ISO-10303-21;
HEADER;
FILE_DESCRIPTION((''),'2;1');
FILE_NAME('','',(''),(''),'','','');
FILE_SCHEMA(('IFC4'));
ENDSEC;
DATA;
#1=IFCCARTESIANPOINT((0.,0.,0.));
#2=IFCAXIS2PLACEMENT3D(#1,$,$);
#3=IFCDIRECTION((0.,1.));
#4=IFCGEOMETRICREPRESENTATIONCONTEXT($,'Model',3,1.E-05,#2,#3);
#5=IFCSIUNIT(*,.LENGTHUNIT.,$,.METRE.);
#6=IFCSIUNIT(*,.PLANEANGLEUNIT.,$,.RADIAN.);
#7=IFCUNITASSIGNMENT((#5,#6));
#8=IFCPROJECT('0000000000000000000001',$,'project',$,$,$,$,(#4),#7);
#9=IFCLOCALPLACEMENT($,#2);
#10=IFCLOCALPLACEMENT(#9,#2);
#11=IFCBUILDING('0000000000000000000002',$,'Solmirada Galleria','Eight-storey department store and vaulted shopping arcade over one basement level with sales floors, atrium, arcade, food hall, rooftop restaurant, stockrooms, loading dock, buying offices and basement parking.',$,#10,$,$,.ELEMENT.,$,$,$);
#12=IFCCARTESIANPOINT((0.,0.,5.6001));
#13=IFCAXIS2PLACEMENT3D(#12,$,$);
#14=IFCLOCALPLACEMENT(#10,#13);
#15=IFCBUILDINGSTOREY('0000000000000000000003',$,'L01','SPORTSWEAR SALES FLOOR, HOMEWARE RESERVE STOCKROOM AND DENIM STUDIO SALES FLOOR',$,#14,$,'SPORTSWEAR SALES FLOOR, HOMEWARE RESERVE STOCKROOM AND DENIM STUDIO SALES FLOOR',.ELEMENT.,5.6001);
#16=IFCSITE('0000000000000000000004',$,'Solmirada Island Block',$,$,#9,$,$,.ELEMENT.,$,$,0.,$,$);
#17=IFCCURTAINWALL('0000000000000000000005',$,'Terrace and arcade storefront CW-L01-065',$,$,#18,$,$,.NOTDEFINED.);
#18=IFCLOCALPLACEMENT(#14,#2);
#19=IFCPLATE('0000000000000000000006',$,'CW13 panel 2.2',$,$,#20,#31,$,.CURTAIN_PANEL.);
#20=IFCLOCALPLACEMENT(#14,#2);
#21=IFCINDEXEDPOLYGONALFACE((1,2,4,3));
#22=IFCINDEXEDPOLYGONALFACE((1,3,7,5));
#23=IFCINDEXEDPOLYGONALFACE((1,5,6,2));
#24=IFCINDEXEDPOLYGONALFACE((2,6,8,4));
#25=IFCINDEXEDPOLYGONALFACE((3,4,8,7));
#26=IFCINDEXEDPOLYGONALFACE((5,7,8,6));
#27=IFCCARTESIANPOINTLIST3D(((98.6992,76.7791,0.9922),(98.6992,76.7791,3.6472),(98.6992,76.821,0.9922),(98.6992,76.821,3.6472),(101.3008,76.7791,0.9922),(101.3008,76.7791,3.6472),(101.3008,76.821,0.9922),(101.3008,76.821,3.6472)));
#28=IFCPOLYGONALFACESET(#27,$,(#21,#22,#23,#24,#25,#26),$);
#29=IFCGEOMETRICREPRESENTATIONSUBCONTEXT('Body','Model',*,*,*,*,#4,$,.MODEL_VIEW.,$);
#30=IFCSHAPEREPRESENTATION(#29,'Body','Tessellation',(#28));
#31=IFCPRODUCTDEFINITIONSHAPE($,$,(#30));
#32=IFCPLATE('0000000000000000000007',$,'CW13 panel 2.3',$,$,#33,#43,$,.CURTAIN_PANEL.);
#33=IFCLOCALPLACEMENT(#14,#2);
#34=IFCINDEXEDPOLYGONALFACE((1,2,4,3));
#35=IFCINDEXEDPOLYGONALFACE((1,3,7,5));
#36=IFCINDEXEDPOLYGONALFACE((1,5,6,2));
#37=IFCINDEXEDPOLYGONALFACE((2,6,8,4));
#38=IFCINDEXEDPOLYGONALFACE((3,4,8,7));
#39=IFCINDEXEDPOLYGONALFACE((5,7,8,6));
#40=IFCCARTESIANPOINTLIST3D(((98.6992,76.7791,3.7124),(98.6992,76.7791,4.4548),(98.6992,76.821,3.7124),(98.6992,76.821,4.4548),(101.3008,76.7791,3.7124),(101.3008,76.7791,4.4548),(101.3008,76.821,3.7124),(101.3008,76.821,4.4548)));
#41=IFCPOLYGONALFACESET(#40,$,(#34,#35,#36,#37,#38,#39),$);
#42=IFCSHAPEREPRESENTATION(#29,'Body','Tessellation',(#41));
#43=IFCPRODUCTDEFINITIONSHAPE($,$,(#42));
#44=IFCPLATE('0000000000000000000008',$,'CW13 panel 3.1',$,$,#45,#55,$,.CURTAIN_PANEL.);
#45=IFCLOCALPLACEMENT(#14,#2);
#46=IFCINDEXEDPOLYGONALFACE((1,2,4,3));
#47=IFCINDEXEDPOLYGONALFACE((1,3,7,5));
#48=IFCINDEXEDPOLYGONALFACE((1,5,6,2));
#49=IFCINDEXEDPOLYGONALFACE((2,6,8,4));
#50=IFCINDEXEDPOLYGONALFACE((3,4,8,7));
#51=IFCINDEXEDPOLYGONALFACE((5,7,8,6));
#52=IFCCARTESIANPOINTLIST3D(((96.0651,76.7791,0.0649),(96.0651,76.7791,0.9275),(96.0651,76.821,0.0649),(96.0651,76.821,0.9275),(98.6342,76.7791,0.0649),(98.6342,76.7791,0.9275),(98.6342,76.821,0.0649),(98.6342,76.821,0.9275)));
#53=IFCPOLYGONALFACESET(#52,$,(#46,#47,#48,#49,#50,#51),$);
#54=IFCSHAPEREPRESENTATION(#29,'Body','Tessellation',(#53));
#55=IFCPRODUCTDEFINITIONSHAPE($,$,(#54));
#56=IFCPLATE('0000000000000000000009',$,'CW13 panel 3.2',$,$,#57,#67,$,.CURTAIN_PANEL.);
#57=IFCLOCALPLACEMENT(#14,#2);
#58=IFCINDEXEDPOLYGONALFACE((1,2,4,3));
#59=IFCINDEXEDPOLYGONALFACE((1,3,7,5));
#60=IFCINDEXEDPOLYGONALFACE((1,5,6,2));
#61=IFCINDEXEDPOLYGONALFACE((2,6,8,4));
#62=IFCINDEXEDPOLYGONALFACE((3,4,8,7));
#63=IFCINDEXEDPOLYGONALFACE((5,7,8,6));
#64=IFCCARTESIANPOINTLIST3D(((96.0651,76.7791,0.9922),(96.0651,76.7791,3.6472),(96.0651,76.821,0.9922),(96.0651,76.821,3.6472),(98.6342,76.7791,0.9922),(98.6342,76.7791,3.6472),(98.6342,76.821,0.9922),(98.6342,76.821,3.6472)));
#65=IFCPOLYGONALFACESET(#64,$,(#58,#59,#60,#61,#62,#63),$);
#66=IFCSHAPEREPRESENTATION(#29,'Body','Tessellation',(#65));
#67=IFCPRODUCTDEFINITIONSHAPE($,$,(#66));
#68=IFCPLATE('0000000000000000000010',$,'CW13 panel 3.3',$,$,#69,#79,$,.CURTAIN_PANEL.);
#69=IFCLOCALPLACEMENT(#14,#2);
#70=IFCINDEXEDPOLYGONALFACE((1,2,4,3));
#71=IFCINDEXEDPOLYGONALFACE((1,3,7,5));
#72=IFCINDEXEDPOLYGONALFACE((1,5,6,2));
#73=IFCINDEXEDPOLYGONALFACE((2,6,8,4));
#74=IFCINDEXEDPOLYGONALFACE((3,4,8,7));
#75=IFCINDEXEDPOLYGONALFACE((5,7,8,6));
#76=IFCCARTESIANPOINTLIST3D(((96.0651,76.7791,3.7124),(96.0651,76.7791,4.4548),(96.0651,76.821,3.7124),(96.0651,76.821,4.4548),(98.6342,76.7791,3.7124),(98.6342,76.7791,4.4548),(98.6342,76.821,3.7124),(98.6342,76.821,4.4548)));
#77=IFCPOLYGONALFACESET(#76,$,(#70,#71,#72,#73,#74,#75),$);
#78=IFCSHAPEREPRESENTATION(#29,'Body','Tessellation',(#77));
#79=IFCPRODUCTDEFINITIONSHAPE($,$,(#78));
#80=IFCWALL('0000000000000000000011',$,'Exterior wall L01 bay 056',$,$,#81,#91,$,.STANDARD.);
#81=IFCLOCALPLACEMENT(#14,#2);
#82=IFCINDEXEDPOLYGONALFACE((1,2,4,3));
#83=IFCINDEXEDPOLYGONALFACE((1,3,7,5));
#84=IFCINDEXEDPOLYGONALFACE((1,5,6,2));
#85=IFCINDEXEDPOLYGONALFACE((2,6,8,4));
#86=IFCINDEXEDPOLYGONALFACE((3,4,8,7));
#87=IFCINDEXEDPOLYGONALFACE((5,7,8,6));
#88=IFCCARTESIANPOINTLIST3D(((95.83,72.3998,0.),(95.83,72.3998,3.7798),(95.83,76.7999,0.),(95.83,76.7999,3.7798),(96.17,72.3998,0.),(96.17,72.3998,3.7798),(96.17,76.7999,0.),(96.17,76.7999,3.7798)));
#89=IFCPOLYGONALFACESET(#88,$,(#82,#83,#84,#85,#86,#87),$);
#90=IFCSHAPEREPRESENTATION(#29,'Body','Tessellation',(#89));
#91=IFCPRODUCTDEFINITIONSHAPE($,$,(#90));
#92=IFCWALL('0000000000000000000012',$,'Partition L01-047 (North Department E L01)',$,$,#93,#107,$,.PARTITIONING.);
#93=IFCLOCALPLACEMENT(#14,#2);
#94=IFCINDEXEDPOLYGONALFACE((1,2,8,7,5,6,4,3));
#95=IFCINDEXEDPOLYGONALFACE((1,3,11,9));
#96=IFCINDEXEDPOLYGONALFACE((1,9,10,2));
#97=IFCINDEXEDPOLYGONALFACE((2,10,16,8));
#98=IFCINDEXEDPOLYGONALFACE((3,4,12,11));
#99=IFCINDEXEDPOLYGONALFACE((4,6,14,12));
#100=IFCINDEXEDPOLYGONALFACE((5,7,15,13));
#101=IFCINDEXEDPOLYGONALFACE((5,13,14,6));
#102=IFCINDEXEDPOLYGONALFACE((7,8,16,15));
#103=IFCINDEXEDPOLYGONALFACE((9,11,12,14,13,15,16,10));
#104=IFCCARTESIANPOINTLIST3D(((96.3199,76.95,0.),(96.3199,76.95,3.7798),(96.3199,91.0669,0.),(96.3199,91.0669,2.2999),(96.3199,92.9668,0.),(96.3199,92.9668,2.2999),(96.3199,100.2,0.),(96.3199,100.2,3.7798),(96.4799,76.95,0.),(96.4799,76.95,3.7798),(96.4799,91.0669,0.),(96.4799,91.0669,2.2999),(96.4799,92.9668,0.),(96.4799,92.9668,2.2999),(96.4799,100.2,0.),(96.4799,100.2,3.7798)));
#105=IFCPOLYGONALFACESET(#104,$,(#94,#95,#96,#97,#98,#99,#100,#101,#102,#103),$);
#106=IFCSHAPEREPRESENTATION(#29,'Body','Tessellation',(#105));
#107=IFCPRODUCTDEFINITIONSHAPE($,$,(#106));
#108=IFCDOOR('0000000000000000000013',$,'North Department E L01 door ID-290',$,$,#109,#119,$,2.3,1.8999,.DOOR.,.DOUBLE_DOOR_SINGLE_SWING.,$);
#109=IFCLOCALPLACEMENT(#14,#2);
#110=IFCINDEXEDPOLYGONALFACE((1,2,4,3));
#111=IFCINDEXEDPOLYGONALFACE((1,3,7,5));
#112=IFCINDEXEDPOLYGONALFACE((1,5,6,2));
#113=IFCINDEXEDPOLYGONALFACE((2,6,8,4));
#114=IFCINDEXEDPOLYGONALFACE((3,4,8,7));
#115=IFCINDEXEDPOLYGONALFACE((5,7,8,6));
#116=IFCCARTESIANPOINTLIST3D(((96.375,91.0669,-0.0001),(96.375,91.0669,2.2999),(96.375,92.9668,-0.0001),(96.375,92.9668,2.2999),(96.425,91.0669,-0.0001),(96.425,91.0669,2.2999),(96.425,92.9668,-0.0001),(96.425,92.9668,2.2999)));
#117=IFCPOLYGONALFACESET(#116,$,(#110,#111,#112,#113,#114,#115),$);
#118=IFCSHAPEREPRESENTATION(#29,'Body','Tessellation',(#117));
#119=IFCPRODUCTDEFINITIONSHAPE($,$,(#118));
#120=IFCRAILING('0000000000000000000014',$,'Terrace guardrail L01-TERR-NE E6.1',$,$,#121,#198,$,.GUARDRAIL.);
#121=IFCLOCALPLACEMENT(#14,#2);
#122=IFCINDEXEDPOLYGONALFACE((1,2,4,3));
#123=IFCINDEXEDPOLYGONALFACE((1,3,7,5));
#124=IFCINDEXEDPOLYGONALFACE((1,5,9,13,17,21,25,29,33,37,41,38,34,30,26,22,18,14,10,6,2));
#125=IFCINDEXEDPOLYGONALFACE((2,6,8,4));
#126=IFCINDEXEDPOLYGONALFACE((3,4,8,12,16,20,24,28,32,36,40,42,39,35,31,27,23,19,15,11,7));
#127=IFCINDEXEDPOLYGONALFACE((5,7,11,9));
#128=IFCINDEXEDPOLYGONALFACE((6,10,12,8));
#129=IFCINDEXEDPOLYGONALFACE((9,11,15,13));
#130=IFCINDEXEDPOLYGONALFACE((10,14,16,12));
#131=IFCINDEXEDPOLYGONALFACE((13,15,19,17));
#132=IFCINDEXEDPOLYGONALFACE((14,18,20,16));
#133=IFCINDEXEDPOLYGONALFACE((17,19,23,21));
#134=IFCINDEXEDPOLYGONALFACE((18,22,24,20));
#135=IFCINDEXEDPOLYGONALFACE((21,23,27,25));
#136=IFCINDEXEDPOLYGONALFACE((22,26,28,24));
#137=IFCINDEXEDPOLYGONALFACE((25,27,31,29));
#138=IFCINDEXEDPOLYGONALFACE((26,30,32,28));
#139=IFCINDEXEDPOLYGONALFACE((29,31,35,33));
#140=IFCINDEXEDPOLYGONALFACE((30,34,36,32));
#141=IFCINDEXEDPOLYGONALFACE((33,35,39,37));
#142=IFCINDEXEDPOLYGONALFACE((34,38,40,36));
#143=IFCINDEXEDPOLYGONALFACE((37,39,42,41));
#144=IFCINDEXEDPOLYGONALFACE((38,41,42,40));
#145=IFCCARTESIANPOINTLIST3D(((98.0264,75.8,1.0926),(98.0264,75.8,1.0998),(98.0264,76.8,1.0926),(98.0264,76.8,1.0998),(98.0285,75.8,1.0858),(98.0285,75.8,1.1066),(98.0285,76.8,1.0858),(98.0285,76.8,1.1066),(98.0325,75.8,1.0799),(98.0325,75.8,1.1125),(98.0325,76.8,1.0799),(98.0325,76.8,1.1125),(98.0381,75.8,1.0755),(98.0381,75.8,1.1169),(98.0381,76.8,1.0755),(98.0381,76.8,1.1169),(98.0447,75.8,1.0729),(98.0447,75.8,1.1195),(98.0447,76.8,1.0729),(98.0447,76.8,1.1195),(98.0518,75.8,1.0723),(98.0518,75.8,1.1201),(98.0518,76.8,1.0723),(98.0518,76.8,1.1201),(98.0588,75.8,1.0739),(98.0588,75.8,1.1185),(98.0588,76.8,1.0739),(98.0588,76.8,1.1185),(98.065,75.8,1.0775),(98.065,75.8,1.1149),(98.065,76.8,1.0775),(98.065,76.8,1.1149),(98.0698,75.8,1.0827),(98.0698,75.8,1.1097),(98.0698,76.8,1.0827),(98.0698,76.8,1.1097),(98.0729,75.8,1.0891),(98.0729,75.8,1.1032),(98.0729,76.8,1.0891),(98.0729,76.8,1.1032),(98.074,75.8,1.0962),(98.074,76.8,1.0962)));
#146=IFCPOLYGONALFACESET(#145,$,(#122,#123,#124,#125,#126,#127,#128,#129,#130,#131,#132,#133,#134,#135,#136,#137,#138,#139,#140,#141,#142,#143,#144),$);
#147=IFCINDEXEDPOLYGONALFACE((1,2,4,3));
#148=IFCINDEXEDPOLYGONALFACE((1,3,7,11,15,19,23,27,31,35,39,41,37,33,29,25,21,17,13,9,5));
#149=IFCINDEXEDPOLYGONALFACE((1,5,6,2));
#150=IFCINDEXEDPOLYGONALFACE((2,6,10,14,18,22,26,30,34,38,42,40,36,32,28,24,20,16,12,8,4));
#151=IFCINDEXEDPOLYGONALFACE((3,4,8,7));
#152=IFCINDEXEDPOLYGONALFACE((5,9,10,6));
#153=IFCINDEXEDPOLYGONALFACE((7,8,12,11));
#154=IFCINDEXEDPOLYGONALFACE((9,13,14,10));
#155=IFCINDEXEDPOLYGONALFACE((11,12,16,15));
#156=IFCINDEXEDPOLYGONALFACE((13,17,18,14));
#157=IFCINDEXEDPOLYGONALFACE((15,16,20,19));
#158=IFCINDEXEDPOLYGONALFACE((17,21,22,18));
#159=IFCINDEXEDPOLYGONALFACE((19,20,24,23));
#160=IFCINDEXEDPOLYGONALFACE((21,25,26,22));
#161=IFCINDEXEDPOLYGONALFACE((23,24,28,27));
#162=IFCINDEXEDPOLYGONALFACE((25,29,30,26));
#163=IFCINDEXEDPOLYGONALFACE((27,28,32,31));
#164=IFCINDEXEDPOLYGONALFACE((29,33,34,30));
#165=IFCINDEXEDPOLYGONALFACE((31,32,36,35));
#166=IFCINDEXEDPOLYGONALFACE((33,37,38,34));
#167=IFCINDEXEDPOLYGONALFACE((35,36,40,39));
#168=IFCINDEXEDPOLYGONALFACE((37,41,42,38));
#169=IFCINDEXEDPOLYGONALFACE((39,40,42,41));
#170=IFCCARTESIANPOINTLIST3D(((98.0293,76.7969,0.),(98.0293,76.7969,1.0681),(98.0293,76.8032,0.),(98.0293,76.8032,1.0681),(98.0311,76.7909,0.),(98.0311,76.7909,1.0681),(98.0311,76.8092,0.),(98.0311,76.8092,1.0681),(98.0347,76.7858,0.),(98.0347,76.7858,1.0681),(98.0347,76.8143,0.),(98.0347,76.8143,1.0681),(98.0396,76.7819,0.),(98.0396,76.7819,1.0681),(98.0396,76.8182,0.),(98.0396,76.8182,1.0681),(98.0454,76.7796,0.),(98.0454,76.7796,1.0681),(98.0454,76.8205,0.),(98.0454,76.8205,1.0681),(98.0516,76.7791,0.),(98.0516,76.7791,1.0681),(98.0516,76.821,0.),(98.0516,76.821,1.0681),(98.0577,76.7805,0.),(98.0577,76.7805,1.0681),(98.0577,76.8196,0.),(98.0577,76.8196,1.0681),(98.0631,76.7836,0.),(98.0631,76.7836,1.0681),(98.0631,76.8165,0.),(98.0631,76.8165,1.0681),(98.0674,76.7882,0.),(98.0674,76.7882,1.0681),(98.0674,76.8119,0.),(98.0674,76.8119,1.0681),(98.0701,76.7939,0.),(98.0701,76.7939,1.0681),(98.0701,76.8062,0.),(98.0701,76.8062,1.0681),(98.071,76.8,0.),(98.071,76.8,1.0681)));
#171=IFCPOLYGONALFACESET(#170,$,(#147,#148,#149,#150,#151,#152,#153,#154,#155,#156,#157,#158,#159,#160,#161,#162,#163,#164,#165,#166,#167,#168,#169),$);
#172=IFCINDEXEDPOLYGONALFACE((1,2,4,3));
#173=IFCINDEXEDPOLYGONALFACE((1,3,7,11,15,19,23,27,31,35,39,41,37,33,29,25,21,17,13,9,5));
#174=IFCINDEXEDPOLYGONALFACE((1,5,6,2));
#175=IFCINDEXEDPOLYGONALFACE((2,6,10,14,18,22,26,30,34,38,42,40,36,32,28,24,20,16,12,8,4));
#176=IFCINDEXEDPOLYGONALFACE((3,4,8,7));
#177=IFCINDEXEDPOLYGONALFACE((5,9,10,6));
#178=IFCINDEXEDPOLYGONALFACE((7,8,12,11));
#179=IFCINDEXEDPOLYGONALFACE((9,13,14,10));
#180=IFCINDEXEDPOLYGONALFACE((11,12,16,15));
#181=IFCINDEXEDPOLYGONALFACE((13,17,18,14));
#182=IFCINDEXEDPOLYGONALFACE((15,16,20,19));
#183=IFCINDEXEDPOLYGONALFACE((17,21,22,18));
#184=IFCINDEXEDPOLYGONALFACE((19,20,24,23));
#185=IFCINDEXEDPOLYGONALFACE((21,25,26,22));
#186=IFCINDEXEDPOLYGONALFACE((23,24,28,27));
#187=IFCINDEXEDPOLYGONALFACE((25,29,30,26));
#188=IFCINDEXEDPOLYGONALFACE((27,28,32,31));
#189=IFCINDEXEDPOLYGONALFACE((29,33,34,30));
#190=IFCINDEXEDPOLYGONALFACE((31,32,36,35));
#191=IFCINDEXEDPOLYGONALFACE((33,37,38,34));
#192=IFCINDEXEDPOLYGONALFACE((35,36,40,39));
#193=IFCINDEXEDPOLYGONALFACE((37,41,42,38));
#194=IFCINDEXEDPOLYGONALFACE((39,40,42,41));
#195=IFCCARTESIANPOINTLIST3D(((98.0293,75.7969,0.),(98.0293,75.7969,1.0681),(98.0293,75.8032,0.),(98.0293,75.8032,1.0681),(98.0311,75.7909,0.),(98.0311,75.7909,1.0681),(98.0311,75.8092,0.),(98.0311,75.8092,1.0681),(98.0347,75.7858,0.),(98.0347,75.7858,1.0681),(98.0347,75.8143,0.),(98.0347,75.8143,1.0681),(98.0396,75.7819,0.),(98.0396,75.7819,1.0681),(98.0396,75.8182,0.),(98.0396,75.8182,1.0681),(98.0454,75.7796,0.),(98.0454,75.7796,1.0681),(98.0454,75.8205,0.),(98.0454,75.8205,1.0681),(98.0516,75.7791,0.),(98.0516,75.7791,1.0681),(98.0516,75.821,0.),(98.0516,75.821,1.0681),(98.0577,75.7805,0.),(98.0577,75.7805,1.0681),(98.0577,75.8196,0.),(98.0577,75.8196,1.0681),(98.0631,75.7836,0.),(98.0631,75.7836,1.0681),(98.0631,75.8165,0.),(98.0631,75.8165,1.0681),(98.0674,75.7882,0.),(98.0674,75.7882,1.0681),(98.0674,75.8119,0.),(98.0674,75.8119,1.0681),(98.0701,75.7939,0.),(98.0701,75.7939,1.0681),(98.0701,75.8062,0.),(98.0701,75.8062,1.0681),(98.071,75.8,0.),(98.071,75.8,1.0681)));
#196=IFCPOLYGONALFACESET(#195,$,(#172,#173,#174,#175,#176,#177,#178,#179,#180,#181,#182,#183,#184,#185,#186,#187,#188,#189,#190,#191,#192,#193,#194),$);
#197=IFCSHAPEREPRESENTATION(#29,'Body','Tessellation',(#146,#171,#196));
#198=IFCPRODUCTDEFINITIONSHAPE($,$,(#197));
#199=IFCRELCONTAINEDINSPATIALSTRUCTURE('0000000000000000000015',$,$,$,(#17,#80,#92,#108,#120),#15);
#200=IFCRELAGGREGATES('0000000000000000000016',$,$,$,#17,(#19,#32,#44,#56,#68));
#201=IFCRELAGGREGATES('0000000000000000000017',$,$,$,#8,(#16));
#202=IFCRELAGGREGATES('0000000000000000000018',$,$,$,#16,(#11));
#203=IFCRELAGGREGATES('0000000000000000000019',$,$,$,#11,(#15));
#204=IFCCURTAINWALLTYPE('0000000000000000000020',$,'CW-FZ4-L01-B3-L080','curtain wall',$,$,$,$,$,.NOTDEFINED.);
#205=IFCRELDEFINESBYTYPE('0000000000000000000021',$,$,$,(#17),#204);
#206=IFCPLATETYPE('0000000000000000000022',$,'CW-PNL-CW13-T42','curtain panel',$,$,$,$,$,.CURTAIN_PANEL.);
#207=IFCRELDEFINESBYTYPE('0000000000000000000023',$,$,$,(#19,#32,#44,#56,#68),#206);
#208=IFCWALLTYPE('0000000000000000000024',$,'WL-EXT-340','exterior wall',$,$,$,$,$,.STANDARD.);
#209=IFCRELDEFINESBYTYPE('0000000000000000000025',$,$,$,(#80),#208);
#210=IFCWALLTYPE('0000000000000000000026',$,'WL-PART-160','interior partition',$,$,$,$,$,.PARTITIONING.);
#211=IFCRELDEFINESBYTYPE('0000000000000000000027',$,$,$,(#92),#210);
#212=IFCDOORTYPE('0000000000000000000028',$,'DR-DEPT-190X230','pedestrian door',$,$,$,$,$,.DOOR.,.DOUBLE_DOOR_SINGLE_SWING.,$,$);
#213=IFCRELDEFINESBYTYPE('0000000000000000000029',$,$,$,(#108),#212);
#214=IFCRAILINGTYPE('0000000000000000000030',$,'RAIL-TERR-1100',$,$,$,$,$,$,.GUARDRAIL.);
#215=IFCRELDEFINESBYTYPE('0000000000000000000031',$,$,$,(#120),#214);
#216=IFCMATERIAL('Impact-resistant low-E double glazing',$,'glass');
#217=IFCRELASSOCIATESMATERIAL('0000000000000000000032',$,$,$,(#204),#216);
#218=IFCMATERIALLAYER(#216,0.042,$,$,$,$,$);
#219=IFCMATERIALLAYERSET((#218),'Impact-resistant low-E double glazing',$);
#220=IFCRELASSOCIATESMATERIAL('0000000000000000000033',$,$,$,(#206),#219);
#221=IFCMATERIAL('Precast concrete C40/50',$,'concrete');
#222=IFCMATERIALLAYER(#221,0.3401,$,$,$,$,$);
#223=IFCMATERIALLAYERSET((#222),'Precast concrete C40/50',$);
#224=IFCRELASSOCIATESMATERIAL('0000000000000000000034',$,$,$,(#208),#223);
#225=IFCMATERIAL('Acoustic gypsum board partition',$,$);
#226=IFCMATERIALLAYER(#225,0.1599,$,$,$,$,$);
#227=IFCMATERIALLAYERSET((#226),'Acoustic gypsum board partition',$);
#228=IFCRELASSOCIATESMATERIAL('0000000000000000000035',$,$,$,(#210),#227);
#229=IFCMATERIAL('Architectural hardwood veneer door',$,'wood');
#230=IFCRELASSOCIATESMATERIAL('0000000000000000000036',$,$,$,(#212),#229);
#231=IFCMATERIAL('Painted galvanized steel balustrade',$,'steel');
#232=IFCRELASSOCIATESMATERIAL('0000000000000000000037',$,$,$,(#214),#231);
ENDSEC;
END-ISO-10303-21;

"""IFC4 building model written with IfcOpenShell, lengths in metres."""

from ifc_helpers import new_model, si_unit, direction, frame, frame_2d, origin, origin_2d, place, context, subcontext, project, spatial, rectangle, circle, extrude, material, layer, layer_set, type_object, element, fill, aggregate, save


model = new_model("IFC4")

# Units and contexts
model_context = context("Model", 3, precision=1e-05, world=origin(), true_north=direction((0.0, 1.0)))
body_context = subcontext(model_context, "Body", "Model", "MODEL_VIEW")
ifc_project = project(units=[si_unit("LENGTHUNIT", "METRE"), si_unit("PLANEANGLEUNIT", "RADIAN")], contexts=[model_context])

# Site, building, storey
site_placement = place(None, origin())
site = spatial("IfcSite", under=ifc_project, at=site_placement, Name="Solmirada Island Block", CompositionType="ELEMENT", RefElevation=0.0)
building_placement = place(site_placement, origin())
building = spatial("IfcBuilding", under=site, at=building_placement, Name="Solmirada Galleria", Description="Eight-storey department store and vaulted shopping arcade over one basement level with sales floors, atrium, arcade, food hall, rooftop restaurant, stockrooms, loading dock, buying offices and basement parking.", CompositionType="ELEMENT")
storey_placement = place(building_placement, frame((0.0, 0.0, 5.6001)))
storey = spatial("IfcBuildingStorey", under=building, at=storey_placement, Name="L01", Description="SPORTSWEAR SALES FLOOR, HOMEWARE RESERVE STOCKROOM AND DENIM STUDIO SALES FLOOR", LongName="SPORTSWEAR SALES FLOOR, HOMEWARE RESERVE STOCKROOM AND DENIM STUDIO SALES FLOOR", CompositionType="ELEMENT", Elevation=5.6001)

# Curtain wall, plates
ifc_material_1 = material(Name="Impact-resistant low-E double glazing", Category="glass")
curtain_wall_type = type_object("IfcCurtainWallType", Name="CW-FZ4-L01-B3-L080", Description="curtain wall", PredefinedType="NOTDEFINED", material=ifc_material_1)
curtain_wall_placement = place(storey_placement, origin())
curtain_wall = element("IfcCurtainWall", 1, at=curtain_wall_placement, inside=storey, type_object=curtain_wall_type, Name="Terrace and arcade storefront CW-L01-065", PredefinedType="NOTDEFINED")
ifc_layer_1 = layer(ifc_material_1, 0.042)
ifc_layer_set_1 = layer_set([ifc_layer_1], Name="Impact-resistant low-E double glazing")
plate_type = type_object("IfcPlateType", Name="CW-PNL-CW13-T42", Description="curtain panel", PredefinedType="CURTAIN_PANEL", material=ifc_layer_set_1)
plate_1_placement = place(storey_placement, frame((100.0, 76.8, 0.9922), z_axis=(0.0, 0.0, 1.0), x_axis=(-1.0, 0.0, 0.0)))
plate_1 = element("IfcPlate", 2, at=plate_1_placement, type_object=plate_type, Name="CW13 panel 2.2", PredefinedType="CURTAIN_PANEL", context=body_context, shape_type="SweptSolid", body=[
    extrude(rectangle(XDim=2.6016, YDim=0.042, at=origin_2d()), origin(), (0.0, 0.0, 1.0), 2.655),
])
plate_2_placement = place(storey_placement, frame((100.0, 76.8, 3.7124), z_axis=(0.0, 0.0, 1.0), x_axis=(-1.0, 0.0, 0.0)))
plate_2 = element("IfcPlate", 3, at=plate_2_placement, type_object=plate_type, Name="CW13 panel 2.3", PredefinedType="CURTAIN_PANEL", context=body_context, shape_type="SweptSolid", body=[
    extrude(rectangle(XDim=2.6016, YDim=0.042, at=origin_2d()), origin(), (0.0, 0.0, 1.0), 0.7424),
])
plate_3_placement = place(storey_placement, frame((97.3496, 76.8, 0.0649), z_axis=(0.0, 0.0, 1.0), x_axis=(-1.0, 0.0, 0.0)))
plate_3 = element("IfcPlate", 4, at=plate_3_placement, type_object=plate_type, Name="CW13 panel 3.1", PredefinedType="CURTAIN_PANEL", context=body_context, shape_type="SweptSolid", body=[
    extrude(rectangle(XDim=2.5691, YDim=0.042, at=origin_2d()), origin(), (0.0, 0.0, 1.0), 0.8625),
])
plate_4_placement = place(storey_placement, frame((97.3496, 76.8, 0.9922), z_axis=(0.0, 0.0, 1.0), x_axis=(-1.0, 0.0, 0.0)))
plate_4 = element("IfcPlate", 5, at=plate_4_placement, type_object=plate_type, Name="CW13 panel 3.2", PredefinedType="CURTAIN_PANEL", context=body_context, shape_type="SweptSolid", body=[
    extrude(rectangle(XDim=2.5691, YDim=0.042, at=origin_2d()), origin(), (0.0, 0.0, 1.0), 2.655),
])
plate_5_placement = place(storey_placement, frame((97.3496, 76.8, 3.7124), z_axis=(0.0, 0.0, 1.0), x_axis=(-1.0, 0.0, 0.0)))
plate_5 = element("IfcPlate", 6, at=plate_5_placement, type_object=plate_type, Name="CW13 panel 3.3", PredefinedType="CURTAIN_PANEL", context=body_context, shape_type="SweptSolid", body=[
    extrude(rectangle(XDim=2.5691, YDim=0.042, at=origin_2d()), origin(), (0.0, 0.0, 1.0), 0.7424),
])
aggregate(curtain_wall, [plate_1, plate_2, plate_3, plate_4, plate_5])

# Wall
ifc_material_2 = material(Name="Precast concrete C40/50", Category="concrete")
ifc_layer_2 = layer(ifc_material_2, 0.3401)
ifc_layer_set_2 = layer_set([ifc_layer_2], Name="Precast concrete C40/50")
wall_type_1 = type_object("IfcWallType", Name="WL-EXT-340", Description="exterior wall", PredefinedType="STANDARD", material=ifc_layer_set_2)
wall_1_placement = place(storey_placement, frame((96.0, 76.8, 0.0), z_axis=(0.0, 0.0, 1.0), x_axis=(0.0, -1.0, 0.0)))
element("IfcWall", 7, at=wall_1_placement, inside=storey, type_object=wall_type_1, Name="Exterior wall L01 bay 056", PredefinedType="STANDARD", context=body_context, shape_type="SweptSolid", body=[
    extrude(rectangle(XDim=4.4001, YDim=0.3401, at=frame_2d((2.2002, 0.0))), origin(), (0.0, 0.0, 1.0), 3.7798),
])

# Wall, opening, door
ifc_material_3 = material(Name="Acoustic gypsum board partition")
ifc_layer_3 = layer(ifc_material_3, 0.1599)
ifc_layer_set_3 = layer_set([ifc_layer_3], Name="Acoustic gypsum board partition")
wall_type_2 = type_object("IfcWallType", Name="WL-PART-160", Description="interior partition", PredefinedType="PARTITIONING", material=ifc_layer_set_3)
wall_2_placement = place(storey_placement, frame((96.3999, 76.95, 0.0), z_axis=(0.0, 0.0, 1.0), x_axis=(0.0, 1.0, 0.0)))
wall_2 = element("IfcWall", 8, at=wall_2_placement, inside=storey, type_object=wall_type_2, Name="Partition L01-047 (North Department E L01)", PredefinedType="PARTITIONING", context=body_context, shape_type="SweptSolid", body=[
    extrude(rectangle(XDim=23.25, YDim=0.1599, at=frame_2d((11.625, 0.0))), origin(), (0.0, 0.0, 1.0), 3.7798),
])
opening_placement = place(wall_2_placement, frame((14.1169, 0.0, 0.0)))
opening = element("IfcOpeningElement", 9, at=opening_placement, cuts=wall_2, PredefinedType="OPENING", context=body_context, shape_type="SweptSolid", body=[
    extrude(rectangle(XDim=1.8999, YDim=2.3, at=frame_2d((0.95, 1.1499))), frame((0.0, 0.0898, 0.0), z_axis=(0.0, -1.0, 0.0), x_axis=(1.0, 0.0, 0.0)), (0.0, 0.0, 1.0), 0.1799),
])
ifc_material_4 = material(Name="Architectural hardwood veneer door", Category="wood")
door_type = type_object("IfcDoorType", Name="DR-DEPT-190X230", Description="pedestrian door", OperationType="DOUBLE_DOOR_SINGLE_SWING", PredefinedType="DOOR", material=ifc_material_4)
door_placement = place(opening_placement, origin())
door = element("IfcDoor", 10, at=door_placement, inside=storey, type_object=door_type, Name="North Department E L01 door ID-290", OperationType="DOUBLE_DOOR_SINGLE_SWING", OverallHeight=2.3, OverallWidth=1.8999, PredefinedType="DOOR", context=body_context, shape_type="SweptSolid", body=[
    extrude(rectangle(XDim=1.8999, YDim=2.3, at=frame_2d((0.95, 1.1499))), frame((0.0, 0.0249, 0.0), z_axis=(0.0, -1.0, 0.0), x_axis=(1.0, 0.0, 0.0)), (0.0, 0.0, 1.0), 0.05),
])
fill(opening, door)

# Railing
ifc_material_5 = material(Name="Painted galvanized steel balustrade", Category="steel")
railing_type = type_object("IfcRailingType", Name="RAIL-TERR-1100", PredefinedType="GUARDRAIL", material=ifc_material_5)
railing_placement = place(storey_placement, frame((98.05, 76.8, 0.0)))
element("IfcRailing", 11, at=railing_placement, inside=storey, type_object=railing_type, Name="Terrace guardrail L01-TERR-NE E6.1", PredefinedType="GUARDRAIL", context=body_context, shape_type="SweptSolid", body=[
    extrude(circle(Radius=0.0239, at=origin_2d()), frame((0.0, 0.0, 1.0962), z_axis=(0.0, -1.0, 0.0), x_axis=(1.0, 0.0, 0.0)), (0.0, 0.0, 1.0), 1.0),
    extrude(circle(Radius=0.021, at=origin_2d()), origin(), (0.0, 0.0, 1.0), 1.0681),
    extrude(circle(Radius=0.021, at=origin_2d()), frame((0.0, -1.0, 0.0)), (0.0, 0.0, 1.0), 1.0681),
])

save(model, "model.ifc")
